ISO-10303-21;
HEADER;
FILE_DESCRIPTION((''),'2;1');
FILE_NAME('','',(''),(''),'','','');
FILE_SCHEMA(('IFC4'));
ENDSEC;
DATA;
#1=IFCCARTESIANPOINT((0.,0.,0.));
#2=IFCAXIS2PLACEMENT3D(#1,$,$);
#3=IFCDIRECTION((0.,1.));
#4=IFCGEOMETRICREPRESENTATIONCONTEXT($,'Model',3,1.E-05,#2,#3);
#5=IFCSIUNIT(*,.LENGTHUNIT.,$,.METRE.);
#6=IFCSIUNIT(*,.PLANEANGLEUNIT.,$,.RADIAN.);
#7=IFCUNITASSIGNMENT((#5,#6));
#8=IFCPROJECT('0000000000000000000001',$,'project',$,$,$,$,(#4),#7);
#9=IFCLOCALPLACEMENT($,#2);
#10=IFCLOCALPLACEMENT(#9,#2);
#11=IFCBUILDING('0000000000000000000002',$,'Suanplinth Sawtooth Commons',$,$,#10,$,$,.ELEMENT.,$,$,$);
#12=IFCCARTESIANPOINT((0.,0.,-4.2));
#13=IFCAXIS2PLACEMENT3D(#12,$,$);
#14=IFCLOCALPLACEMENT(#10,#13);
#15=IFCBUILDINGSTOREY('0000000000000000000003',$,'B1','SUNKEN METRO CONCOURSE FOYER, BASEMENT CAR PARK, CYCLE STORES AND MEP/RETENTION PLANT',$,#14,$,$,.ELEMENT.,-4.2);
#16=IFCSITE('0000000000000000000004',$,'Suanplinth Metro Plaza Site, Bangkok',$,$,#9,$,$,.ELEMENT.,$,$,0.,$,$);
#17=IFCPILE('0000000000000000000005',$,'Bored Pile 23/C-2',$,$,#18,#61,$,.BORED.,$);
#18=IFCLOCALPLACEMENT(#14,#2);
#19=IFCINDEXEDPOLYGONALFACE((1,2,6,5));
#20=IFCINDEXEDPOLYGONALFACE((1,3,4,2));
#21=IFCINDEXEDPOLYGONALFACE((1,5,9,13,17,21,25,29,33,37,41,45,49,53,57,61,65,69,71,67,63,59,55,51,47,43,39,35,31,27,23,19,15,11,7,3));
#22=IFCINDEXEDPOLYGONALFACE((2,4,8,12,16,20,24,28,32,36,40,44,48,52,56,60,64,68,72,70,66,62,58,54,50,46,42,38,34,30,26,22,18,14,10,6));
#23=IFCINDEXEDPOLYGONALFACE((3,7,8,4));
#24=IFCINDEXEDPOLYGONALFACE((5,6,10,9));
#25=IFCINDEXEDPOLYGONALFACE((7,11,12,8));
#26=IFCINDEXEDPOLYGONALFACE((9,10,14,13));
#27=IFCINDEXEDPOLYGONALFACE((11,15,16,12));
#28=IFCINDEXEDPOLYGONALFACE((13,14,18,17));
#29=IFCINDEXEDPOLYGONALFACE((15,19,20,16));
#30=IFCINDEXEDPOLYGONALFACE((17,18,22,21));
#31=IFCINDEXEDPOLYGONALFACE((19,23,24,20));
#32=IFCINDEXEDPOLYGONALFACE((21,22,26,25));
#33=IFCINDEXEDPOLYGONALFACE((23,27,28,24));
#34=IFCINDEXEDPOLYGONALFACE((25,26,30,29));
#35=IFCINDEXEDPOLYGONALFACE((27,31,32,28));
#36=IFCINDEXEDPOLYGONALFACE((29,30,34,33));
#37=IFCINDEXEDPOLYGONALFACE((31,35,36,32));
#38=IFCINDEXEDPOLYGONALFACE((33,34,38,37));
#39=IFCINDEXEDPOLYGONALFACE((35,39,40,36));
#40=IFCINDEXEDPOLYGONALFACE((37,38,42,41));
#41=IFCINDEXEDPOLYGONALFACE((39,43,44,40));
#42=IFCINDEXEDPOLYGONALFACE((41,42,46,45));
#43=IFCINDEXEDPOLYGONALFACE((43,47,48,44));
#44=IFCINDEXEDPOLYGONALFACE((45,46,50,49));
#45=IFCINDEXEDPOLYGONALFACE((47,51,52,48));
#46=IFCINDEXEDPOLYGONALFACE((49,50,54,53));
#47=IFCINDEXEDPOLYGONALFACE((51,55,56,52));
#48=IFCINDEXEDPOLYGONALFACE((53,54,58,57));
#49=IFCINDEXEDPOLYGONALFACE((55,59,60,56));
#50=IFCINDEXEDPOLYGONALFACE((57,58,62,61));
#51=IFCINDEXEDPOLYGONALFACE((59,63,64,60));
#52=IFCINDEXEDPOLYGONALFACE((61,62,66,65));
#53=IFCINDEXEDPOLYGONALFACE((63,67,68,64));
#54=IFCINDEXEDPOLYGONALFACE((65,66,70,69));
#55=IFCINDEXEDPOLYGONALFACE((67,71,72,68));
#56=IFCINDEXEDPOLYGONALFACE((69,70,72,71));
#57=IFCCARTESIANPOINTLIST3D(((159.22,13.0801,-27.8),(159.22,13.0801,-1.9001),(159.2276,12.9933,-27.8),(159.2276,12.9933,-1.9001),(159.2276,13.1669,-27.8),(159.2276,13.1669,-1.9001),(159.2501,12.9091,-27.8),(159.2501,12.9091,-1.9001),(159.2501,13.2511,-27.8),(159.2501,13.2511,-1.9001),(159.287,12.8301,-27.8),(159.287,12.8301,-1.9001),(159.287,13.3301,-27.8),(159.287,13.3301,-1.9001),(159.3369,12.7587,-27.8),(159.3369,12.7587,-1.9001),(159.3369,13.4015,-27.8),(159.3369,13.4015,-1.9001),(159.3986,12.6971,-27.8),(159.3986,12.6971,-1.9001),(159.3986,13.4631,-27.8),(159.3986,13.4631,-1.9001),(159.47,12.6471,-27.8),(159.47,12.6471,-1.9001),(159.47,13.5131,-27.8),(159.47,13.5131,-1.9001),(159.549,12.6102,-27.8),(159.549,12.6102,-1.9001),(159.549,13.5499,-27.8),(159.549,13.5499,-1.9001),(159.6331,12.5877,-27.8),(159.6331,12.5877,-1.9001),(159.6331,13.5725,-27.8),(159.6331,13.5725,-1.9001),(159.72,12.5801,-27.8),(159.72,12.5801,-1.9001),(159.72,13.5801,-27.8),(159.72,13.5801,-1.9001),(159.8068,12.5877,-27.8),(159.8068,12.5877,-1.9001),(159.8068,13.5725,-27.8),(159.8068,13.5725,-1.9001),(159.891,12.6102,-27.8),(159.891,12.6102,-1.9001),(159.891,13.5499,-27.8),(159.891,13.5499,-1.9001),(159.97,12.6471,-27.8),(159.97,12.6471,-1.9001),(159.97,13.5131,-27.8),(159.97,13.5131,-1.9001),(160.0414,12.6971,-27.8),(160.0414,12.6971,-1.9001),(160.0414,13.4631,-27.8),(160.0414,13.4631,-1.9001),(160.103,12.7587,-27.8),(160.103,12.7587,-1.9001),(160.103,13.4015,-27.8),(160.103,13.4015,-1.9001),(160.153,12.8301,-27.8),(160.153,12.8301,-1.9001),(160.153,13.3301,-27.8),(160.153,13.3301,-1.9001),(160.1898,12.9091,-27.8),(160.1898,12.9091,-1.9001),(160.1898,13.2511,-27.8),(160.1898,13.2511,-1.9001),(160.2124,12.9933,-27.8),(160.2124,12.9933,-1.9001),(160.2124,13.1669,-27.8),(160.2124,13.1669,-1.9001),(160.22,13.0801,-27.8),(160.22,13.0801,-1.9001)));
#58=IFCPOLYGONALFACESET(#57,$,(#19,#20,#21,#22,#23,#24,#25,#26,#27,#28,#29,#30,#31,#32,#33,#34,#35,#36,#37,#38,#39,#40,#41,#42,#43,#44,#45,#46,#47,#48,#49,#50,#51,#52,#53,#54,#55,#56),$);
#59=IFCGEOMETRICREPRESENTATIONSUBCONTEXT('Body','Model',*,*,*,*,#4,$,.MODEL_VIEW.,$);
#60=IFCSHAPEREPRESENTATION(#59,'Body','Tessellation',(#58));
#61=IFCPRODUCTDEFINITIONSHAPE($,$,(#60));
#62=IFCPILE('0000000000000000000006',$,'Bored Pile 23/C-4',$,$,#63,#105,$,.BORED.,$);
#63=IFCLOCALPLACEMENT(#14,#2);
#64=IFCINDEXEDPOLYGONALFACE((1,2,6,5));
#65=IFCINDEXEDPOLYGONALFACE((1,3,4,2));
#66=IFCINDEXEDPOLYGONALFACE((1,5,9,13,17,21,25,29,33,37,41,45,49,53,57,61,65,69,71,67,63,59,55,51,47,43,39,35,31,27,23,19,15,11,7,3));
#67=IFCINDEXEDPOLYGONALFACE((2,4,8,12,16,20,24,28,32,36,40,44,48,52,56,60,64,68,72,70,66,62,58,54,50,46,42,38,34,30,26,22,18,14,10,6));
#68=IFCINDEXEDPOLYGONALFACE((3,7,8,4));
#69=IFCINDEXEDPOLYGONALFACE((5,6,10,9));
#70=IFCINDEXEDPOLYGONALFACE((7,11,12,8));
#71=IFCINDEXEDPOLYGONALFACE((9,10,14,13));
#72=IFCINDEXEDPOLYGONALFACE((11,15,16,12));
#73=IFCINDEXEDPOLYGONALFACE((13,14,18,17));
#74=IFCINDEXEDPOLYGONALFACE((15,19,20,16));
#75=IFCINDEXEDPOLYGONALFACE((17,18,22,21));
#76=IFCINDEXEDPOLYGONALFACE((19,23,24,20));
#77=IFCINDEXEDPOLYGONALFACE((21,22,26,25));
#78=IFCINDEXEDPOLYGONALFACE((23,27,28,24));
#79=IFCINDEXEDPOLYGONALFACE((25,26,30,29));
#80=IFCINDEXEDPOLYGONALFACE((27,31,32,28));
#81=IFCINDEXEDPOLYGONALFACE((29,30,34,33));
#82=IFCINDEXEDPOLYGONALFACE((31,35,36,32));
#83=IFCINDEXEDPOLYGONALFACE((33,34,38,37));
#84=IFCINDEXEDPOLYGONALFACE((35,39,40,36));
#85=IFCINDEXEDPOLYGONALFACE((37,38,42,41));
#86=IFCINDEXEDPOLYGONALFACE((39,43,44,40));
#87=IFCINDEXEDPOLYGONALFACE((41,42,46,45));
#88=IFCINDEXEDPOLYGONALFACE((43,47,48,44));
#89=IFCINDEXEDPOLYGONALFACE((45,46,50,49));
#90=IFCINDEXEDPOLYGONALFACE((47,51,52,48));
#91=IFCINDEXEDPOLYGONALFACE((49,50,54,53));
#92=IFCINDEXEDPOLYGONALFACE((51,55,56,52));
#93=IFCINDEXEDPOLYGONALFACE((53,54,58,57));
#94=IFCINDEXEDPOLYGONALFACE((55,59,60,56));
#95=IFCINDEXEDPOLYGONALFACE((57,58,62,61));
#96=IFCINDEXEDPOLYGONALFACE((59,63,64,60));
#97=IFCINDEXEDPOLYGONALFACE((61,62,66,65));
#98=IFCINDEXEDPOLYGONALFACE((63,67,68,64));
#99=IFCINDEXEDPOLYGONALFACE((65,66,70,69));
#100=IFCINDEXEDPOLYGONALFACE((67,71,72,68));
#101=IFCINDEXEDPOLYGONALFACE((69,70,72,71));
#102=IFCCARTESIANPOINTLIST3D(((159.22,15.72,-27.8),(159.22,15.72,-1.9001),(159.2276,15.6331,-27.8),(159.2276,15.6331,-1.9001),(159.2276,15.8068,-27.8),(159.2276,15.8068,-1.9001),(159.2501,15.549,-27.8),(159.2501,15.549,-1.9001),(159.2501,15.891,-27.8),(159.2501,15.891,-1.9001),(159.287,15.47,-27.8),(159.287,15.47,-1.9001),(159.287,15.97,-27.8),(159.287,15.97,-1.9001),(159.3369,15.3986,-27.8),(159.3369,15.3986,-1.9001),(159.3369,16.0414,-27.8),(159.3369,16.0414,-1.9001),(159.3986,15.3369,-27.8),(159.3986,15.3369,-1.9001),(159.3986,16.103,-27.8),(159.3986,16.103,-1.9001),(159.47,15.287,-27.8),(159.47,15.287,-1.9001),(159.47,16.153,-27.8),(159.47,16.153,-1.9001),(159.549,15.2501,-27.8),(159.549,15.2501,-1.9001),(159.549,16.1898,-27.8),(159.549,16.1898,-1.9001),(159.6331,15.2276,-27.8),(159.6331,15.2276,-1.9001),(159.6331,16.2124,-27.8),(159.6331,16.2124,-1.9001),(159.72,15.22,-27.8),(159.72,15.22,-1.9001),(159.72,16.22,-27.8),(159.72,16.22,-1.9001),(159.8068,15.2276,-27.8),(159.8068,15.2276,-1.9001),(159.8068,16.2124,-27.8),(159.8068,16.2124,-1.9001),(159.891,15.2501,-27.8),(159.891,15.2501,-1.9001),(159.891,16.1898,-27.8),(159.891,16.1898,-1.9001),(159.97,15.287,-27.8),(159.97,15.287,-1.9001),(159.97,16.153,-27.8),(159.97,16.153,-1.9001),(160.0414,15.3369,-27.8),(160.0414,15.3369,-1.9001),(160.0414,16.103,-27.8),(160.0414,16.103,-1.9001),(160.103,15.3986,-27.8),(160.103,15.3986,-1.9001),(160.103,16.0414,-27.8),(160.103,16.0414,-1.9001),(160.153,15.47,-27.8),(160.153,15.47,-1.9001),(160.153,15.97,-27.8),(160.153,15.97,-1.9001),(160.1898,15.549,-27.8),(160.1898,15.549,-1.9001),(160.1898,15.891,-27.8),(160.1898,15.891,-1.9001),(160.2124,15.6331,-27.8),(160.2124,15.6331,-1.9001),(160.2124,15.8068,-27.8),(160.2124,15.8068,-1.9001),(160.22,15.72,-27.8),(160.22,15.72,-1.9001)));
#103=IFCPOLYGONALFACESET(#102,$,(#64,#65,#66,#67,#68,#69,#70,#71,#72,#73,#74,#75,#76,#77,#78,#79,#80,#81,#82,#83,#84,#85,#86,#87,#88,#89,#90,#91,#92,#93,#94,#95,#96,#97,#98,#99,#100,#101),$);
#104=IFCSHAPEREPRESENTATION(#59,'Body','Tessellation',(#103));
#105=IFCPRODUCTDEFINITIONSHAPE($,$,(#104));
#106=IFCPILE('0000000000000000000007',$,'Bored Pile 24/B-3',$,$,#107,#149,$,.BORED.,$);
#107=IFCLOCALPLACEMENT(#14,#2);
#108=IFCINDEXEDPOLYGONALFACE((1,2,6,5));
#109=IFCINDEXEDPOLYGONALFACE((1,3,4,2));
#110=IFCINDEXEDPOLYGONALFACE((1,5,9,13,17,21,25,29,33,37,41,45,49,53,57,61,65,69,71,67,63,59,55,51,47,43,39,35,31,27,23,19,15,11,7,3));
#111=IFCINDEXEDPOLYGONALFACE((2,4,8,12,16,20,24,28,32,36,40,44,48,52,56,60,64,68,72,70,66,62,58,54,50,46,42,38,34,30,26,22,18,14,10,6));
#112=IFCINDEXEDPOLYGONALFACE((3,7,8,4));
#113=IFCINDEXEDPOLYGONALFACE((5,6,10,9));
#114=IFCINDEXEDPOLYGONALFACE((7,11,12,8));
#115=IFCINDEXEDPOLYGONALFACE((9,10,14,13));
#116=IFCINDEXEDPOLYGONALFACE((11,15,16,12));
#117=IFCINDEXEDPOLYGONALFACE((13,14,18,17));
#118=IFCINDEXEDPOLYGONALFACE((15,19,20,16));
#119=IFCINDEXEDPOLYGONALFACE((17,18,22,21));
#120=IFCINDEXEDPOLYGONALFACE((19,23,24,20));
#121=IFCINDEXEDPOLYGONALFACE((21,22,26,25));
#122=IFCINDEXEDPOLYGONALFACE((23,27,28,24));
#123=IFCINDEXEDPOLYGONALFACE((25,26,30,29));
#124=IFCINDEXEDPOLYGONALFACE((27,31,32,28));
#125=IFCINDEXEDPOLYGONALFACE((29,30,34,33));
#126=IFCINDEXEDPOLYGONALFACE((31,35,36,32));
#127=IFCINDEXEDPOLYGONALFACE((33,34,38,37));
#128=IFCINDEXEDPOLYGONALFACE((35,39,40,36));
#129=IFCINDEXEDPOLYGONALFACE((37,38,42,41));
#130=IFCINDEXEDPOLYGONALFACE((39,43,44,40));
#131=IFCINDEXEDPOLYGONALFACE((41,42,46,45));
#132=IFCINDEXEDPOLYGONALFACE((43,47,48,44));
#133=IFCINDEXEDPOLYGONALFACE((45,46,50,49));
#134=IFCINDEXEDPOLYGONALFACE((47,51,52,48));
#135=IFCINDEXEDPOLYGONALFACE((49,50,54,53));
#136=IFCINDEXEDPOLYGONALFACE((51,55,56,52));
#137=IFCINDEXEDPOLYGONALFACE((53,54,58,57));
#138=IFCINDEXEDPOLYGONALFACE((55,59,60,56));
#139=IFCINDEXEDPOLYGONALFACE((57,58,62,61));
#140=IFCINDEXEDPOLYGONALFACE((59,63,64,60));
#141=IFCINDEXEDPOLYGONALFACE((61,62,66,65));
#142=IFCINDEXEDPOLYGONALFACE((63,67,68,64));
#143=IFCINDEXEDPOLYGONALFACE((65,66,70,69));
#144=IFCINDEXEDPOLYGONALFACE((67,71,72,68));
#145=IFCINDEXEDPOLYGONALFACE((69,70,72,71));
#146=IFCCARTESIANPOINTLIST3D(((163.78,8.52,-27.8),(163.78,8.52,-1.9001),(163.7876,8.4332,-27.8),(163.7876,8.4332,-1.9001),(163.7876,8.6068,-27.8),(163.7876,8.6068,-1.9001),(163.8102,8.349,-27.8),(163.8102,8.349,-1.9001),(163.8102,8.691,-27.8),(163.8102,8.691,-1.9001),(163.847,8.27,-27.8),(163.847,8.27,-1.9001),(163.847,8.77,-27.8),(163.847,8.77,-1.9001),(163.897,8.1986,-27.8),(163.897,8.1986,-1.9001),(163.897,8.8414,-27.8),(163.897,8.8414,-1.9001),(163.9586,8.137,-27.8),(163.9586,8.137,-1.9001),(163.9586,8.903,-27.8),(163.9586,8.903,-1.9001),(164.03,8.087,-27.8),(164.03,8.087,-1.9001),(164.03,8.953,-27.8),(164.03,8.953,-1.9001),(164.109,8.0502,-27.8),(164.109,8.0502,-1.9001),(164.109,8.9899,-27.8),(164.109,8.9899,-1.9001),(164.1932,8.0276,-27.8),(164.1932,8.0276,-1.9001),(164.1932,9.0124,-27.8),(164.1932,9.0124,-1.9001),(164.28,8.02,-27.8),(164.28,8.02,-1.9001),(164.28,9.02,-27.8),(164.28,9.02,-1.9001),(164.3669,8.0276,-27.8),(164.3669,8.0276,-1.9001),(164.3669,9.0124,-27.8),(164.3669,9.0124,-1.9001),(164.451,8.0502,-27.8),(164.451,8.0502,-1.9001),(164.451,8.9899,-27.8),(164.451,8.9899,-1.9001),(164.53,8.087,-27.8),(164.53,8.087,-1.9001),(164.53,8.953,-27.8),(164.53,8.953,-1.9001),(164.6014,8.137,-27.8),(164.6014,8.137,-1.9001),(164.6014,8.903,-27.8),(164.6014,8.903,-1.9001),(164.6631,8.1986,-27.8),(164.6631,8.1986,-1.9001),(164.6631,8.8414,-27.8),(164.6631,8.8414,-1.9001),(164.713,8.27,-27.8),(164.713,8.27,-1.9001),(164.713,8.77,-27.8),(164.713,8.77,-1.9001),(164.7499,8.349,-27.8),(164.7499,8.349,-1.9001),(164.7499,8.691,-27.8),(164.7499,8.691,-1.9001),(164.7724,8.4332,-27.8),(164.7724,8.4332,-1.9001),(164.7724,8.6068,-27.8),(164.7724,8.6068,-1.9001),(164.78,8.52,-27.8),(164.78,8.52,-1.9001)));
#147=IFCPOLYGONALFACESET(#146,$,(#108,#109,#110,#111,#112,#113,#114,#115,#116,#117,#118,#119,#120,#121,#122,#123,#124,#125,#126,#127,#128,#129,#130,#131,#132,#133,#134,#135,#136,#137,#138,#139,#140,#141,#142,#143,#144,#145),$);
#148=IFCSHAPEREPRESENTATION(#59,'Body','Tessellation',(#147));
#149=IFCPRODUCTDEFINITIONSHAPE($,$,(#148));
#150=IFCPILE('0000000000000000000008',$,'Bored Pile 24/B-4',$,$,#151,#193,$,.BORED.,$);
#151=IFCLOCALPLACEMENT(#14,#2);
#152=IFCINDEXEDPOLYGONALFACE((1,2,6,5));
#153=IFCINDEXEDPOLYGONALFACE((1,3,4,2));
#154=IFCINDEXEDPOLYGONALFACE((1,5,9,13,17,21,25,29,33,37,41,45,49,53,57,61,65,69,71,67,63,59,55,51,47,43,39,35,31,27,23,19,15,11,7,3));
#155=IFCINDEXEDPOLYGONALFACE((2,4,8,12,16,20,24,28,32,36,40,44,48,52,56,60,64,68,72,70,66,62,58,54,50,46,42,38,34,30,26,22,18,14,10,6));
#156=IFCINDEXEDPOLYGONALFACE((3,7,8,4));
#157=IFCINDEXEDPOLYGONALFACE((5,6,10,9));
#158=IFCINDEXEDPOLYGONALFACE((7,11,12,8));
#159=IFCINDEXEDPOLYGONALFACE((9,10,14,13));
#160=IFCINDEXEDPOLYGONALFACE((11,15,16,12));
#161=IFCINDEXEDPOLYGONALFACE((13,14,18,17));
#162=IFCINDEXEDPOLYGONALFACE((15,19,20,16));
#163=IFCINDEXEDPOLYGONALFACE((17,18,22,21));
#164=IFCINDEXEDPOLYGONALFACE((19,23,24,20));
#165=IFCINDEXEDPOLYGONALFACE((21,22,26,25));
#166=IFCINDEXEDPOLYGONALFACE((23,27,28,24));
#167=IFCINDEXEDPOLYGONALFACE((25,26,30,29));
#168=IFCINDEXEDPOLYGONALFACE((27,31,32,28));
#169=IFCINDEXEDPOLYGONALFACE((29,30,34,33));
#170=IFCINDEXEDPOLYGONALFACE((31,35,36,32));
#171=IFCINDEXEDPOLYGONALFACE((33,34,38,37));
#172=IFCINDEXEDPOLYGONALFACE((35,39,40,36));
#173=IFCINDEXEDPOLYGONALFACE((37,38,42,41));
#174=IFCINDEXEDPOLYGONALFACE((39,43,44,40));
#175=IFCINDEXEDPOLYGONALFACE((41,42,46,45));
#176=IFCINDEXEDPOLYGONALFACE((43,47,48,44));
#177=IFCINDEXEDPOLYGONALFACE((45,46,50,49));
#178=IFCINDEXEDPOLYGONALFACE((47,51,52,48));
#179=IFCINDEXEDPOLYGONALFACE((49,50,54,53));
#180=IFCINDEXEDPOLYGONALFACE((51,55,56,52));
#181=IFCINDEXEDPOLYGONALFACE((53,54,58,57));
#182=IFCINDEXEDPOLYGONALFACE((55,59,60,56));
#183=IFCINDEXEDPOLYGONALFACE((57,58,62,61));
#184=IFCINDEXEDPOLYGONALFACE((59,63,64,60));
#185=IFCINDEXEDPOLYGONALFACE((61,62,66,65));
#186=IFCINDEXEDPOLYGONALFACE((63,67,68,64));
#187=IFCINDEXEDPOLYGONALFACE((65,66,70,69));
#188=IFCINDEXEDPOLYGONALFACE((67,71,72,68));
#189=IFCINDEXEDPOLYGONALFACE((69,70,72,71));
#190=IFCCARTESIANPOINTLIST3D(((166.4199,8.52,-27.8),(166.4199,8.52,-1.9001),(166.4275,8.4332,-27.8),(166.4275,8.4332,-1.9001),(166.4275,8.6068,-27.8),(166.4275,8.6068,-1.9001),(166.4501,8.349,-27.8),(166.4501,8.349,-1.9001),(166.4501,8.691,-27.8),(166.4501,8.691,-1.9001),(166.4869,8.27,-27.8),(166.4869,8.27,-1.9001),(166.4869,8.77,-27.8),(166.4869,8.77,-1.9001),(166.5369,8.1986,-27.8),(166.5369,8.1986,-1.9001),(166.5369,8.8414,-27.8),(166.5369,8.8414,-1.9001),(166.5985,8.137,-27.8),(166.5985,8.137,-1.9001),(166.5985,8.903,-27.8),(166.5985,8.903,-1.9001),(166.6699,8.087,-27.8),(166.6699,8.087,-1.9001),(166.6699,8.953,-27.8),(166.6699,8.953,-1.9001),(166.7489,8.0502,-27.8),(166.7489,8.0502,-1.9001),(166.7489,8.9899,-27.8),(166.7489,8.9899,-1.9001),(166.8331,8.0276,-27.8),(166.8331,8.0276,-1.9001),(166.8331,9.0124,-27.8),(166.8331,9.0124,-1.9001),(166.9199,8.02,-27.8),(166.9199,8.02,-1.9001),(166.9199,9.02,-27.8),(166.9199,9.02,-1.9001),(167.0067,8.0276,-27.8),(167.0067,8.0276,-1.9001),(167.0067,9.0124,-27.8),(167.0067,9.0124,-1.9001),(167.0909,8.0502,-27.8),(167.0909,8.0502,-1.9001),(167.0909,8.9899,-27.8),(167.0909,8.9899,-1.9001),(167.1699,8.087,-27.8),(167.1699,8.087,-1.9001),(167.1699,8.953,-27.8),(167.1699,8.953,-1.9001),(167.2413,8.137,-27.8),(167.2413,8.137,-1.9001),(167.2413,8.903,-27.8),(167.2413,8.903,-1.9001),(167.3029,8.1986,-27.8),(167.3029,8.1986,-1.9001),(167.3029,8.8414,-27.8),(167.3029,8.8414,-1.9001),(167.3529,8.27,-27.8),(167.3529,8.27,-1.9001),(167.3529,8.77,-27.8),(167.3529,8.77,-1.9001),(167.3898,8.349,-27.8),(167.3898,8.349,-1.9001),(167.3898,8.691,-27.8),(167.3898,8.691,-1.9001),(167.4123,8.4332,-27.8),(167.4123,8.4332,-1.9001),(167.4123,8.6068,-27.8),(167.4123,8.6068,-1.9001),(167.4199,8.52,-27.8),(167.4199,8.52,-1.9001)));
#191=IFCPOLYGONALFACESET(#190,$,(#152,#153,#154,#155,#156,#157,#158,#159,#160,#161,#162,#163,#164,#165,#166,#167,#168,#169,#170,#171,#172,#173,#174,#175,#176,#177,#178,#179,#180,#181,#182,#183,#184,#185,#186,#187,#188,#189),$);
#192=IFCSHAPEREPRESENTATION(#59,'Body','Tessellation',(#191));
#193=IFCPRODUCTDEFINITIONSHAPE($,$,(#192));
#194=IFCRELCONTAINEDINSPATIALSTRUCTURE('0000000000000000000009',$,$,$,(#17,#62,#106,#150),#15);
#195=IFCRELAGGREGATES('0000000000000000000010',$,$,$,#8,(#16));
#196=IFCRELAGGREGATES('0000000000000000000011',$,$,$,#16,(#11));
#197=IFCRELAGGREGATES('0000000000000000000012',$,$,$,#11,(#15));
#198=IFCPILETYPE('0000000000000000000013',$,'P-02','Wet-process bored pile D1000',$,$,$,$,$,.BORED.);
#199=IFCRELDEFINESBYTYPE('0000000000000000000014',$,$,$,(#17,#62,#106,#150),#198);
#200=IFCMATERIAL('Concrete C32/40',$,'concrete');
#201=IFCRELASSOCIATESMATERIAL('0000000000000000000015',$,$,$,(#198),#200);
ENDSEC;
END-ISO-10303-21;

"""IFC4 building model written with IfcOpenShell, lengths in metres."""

from ifc_helpers import new_model, si_unit, direction, frame, origin, origin_2d, place, context, subcontext, project, spatial, circle, extrude, material, material_profile, profile_set, type_object, element, save


model = new_model("IFC4")

# Units and contexts
model_context = context("Model", 3, precision=1e-05, world=origin(), true_north=direction((0.0, 1.0)))
body_context = subcontext(model_context, "Body", "Model", "MODEL_VIEW")
ifc_project = project(units=[si_unit("LENGTHUNIT", "METRE"), si_unit("PLANEANGLEUNIT", "RADIAN")], contexts=[model_context])

# Site, building, storey
site_placement = place(None, origin())
site = spatial("IfcSite", under=ifc_project, at=site_placement, Name="Suanplinth Metro Plaza Site, Bangkok", CompositionType="ELEMENT", RefElevation=0.0)
building_placement = place(site_placement, origin())
building = spatial("IfcBuilding", under=site, at=building_placement, Name="Suanplinth Sawtooth Commons", CompositionType="ELEMENT")
storey_placement = place(building_placement, frame((0.0, 0.0, -4.2)))
storey = spatial("IfcBuildingStorey", under=building, at=storey_placement, Name="B1", Description="SUNKEN METRO CONCOURSE FOYER, BASEMENT CAR PARK, CYCLE STORES AND MEP/RETENTION PLANT", CompositionType="ELEMENT", Elevation=-4.2)

# Piles
ifc_material_1 = material(Name="Concrete C32/40", Category="concrete")
ifc_material_profile_1 = material_profile(ifc_material_1, circle(Radius=0.5, at=origin_2d()), Name="PILE D1000")
ifc_profile_set_1 = profile_set([ifc_material_profile_1], Name="Concrete C32/40")
pile_type = type_object("IfcPileType", Name="P-02", Description="Wet-process bored pile D1000", PredefinedType="BORED", material=ifc_profile_set_1)
for number, where, z_axis, x_axis, name in (
    (1, (159.72, 13.0801, -1.9001), (0.0, 0.0, -1.0), (1.0, 0.0, 0.0), "Bored Pile 23/C-2"),
    (2, (159.72, 15.72, -1.9001), (0.0, 0.0, -1.0), (1.0, 0.0, 0.0), "Bored Pile 23/C-4"),
    (3, (164.28, 8.52, -1.9001), (0.0, 0.0, -1.0), (1.0, 0.0, 0.0), "Bored Pile 24/B-3"),
    (4, (166.9199, 8.52, -1.9001), (0.0, 0.0, -1.0), (1.0, 0.0, 0.0), "Bored Pile 24/B-4"),
):
    element("IfcPile", number, at=place(storey_placement, frame(where, z_axis=z_axis, x_axis=x_axis)), inside=storey, type_object=pile_type, Name=name, PredefinedType="BORED", context=body_context, shape_type="SweptSolid", body=[
        extrude(circle(Radius=0.5, at=origin_2d()), origin(), (0.0, 0.0, 1.0), 25.8999),
    ])

save(model, "model.ifc")
